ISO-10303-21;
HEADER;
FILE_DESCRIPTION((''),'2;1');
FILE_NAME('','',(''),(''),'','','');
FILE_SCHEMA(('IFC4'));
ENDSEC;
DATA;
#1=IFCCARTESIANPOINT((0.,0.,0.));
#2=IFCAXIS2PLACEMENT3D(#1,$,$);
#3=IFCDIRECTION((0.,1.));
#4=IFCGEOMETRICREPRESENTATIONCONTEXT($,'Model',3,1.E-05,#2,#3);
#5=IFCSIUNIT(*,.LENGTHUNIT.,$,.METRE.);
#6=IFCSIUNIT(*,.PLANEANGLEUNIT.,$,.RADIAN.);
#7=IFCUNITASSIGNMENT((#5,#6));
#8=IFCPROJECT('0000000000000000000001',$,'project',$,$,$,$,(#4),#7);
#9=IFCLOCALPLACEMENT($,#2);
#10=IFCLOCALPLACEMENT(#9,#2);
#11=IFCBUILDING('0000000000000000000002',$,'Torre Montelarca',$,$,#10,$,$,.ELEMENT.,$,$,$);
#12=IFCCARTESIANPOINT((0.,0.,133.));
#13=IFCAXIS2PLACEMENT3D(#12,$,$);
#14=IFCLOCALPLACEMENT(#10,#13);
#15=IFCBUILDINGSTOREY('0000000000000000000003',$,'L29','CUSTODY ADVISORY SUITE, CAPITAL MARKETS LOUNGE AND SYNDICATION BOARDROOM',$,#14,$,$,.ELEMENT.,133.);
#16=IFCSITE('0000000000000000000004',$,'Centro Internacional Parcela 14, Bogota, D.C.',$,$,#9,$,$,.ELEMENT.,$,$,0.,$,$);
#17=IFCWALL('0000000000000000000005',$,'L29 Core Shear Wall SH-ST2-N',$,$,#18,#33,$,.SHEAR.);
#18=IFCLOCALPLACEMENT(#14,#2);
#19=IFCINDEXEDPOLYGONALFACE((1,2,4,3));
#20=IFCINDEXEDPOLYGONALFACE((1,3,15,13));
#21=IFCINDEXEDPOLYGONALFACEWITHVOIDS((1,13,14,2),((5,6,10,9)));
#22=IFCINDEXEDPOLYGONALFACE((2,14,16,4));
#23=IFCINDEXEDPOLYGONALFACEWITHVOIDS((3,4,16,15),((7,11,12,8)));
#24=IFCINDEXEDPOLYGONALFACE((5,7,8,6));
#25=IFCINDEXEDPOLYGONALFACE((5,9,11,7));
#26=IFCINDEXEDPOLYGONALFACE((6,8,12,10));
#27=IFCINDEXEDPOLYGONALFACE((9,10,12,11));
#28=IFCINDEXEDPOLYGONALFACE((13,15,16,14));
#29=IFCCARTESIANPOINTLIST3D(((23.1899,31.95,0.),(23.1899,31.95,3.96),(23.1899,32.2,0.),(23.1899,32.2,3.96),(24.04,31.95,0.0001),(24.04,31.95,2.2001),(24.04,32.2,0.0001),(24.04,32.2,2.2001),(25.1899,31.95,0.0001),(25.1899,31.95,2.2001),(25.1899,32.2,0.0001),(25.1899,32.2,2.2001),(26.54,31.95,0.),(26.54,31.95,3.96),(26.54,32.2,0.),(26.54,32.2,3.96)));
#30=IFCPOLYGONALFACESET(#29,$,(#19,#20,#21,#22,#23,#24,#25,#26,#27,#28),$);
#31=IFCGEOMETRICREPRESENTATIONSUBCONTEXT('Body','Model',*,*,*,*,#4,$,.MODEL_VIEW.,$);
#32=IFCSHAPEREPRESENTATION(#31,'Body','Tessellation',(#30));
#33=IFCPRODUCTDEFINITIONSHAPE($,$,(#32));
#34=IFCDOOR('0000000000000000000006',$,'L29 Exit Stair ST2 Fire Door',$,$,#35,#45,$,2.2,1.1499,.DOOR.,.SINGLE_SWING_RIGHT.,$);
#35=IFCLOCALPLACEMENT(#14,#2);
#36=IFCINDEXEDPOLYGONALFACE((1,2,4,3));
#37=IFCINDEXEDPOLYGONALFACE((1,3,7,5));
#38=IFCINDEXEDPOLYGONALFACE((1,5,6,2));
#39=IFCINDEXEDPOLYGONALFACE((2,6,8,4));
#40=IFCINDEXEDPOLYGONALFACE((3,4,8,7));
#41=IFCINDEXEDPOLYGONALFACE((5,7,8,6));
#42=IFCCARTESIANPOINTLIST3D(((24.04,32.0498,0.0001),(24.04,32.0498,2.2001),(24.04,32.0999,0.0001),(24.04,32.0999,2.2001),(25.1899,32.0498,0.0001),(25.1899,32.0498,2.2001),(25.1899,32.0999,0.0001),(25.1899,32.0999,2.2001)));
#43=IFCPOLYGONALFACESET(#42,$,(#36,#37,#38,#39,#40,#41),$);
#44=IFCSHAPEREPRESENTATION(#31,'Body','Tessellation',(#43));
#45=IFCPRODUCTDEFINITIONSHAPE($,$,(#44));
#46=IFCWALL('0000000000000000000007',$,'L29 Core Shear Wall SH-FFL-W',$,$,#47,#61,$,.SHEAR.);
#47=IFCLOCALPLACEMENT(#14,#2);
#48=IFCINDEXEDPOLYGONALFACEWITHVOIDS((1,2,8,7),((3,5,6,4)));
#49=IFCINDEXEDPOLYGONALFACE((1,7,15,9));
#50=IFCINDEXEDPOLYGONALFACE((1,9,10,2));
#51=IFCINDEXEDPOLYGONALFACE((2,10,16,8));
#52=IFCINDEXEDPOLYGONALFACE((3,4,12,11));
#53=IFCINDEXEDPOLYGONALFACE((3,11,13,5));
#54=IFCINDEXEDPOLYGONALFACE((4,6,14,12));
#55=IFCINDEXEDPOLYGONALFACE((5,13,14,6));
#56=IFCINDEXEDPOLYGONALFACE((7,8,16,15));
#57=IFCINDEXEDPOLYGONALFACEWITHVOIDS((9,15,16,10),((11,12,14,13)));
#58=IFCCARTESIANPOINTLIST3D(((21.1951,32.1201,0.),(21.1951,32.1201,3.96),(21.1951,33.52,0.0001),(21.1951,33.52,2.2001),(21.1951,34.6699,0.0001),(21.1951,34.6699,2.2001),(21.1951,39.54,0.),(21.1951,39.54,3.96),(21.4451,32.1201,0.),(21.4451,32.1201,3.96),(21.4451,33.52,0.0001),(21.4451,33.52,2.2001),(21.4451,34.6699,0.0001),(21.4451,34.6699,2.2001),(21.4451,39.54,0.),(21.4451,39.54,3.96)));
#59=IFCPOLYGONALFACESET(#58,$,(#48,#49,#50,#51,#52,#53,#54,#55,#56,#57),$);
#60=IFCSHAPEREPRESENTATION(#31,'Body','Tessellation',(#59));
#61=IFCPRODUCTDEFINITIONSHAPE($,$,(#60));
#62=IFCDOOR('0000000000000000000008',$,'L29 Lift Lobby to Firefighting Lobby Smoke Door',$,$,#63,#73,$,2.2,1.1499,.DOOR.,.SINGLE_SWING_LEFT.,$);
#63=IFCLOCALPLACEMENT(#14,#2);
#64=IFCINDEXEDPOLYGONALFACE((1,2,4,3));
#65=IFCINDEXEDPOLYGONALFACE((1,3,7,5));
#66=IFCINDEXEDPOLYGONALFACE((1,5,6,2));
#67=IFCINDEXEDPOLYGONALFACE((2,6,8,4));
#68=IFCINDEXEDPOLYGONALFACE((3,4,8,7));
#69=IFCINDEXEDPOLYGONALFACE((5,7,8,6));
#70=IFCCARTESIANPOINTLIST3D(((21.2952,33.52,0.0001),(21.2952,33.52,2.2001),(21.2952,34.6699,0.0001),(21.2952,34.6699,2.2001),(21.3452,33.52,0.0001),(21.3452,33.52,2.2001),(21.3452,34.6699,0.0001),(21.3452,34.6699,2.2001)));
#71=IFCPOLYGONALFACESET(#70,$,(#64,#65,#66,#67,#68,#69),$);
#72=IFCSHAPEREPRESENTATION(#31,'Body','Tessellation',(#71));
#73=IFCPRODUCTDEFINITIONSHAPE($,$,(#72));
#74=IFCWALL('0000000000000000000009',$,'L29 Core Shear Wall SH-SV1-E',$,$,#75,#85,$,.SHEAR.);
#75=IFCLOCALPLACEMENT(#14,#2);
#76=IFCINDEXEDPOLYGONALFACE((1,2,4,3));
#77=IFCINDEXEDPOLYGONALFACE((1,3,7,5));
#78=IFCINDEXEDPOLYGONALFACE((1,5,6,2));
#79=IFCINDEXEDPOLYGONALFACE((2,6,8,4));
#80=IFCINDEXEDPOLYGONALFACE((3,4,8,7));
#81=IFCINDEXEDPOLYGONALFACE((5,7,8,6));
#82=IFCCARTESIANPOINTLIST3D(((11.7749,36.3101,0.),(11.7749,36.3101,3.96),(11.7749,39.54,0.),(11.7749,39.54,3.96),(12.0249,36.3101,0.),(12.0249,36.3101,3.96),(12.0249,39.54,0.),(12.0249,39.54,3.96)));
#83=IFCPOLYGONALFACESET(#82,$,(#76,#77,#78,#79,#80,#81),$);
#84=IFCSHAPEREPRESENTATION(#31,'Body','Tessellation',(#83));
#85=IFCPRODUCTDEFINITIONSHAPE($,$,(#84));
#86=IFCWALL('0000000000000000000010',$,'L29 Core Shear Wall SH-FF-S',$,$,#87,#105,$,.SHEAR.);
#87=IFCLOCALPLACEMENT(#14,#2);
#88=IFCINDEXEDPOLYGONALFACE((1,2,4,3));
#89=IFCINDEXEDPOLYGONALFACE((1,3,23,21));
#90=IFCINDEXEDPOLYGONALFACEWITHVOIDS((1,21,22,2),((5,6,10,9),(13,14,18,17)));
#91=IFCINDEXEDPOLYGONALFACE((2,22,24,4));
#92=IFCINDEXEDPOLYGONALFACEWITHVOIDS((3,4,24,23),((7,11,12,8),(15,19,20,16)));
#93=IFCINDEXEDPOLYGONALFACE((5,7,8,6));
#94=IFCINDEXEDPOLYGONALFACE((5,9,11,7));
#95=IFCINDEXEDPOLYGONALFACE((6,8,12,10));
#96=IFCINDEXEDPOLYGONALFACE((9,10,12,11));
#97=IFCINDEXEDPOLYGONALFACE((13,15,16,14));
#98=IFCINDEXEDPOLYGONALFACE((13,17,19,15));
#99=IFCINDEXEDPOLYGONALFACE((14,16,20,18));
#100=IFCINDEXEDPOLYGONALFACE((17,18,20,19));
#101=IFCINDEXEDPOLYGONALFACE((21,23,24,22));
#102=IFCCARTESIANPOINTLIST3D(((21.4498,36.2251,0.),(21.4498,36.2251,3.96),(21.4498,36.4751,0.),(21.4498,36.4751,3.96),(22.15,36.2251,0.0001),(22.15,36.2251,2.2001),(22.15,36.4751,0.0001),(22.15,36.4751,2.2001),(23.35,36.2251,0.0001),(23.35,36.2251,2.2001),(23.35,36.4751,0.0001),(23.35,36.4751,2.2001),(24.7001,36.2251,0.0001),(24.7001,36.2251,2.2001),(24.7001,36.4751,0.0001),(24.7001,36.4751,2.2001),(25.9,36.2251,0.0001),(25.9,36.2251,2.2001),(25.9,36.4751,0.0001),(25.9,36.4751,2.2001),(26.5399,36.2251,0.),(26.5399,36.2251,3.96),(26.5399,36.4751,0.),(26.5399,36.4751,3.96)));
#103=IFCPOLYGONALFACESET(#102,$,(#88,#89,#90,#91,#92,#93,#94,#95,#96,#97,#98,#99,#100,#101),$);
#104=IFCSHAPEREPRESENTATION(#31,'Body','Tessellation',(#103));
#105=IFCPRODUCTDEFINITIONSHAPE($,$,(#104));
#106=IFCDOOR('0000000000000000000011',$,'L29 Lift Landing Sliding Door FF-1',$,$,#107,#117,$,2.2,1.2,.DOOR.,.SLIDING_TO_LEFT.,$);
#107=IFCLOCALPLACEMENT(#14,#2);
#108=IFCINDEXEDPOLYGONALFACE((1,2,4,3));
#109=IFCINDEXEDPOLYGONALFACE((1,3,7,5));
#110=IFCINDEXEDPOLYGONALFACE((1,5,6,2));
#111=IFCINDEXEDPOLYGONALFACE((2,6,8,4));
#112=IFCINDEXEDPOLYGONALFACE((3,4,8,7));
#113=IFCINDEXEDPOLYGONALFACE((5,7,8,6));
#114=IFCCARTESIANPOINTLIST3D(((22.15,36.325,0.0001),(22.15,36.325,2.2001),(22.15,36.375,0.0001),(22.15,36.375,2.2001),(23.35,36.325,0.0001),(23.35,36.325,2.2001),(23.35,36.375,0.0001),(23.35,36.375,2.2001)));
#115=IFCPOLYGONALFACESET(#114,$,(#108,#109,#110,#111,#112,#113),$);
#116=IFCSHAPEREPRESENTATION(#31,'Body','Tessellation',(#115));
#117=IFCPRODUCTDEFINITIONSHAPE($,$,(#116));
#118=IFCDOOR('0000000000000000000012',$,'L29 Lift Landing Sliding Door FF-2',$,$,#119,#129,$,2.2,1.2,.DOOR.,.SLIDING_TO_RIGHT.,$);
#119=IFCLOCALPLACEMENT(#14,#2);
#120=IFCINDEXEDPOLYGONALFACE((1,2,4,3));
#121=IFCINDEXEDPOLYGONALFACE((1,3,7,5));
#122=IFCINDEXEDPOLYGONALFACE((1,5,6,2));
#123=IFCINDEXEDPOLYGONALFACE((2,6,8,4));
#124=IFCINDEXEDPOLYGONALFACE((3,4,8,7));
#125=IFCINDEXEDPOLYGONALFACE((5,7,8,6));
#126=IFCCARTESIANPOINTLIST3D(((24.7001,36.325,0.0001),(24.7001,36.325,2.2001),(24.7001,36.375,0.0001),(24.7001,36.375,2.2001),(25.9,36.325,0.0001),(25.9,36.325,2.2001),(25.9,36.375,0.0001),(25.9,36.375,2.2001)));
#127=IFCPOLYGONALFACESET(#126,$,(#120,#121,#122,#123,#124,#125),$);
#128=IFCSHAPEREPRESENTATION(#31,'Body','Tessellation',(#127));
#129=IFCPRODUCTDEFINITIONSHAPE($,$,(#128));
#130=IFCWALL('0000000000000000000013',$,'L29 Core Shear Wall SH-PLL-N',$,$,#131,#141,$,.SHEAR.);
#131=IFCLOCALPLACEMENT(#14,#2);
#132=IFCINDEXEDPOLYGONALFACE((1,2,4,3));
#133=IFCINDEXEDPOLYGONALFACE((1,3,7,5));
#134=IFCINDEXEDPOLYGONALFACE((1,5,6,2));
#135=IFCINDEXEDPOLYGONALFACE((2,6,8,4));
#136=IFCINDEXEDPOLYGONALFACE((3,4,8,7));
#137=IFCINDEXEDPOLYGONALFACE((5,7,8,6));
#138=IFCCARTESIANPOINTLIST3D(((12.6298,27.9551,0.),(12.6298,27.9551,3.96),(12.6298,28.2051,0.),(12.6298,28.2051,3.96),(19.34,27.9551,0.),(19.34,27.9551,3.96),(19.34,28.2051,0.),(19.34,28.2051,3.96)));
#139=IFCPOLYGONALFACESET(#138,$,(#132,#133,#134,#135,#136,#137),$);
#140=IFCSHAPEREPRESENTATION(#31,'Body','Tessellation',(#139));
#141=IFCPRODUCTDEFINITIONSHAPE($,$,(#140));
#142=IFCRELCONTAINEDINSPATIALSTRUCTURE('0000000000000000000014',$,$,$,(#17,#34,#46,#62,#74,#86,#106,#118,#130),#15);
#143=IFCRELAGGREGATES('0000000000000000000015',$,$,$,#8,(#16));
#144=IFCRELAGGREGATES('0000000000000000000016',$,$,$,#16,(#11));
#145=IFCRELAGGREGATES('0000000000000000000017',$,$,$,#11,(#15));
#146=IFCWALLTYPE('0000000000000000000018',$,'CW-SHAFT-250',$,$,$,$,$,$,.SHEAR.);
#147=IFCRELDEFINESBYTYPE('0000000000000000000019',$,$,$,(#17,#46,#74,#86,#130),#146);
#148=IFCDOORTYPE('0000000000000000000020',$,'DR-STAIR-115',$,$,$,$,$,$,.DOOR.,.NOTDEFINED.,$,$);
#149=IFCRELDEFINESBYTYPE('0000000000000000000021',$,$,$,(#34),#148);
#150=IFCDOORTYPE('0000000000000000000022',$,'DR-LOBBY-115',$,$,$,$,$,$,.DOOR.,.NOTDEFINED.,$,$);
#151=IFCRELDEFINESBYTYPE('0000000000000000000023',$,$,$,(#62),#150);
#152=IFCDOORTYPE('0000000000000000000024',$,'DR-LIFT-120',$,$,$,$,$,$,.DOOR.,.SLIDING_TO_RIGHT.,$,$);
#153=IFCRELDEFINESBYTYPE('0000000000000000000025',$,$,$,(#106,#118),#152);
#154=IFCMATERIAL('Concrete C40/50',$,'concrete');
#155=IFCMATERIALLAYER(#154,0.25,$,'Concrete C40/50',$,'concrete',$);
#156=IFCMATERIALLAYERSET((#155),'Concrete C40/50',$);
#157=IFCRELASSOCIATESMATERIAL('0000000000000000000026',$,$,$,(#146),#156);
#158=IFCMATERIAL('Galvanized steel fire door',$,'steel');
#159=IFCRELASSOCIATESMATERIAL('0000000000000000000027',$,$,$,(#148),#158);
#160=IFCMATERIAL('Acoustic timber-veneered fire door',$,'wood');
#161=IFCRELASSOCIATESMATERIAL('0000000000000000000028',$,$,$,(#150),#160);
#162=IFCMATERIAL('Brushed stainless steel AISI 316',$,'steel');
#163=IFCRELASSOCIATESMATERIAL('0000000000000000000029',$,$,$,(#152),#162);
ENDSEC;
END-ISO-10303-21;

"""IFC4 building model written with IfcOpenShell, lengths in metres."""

from ifc_helpers import new_model, si_unit, direction, frame, frame_2d, origin, place, context, subcontext, project, spatial, rectangle, extrude, source, transform, mapped, material, layer, layer_set, type_object, element, fill, save


model = new_model("IFC4")

# Units and contexts
model_context = context("Model", 3, precision=1e-05, world=origin(), true_north=direction((0.0, 1.0)))
body_context = subcontext(model_context, "Body", "Model", "MODEL_VIEW")
ifc_project = project(units=[si_unit("LENGTHUNIT", "METRE"), si_unit("PLANEANGLEUNIT", "RADIAN")], contexts=[model_context])

# Site, building, storey
site_placement = place(None, origin())
site = spatial("IfcSite", under=ifc_project, at=site_placement, Name="Centro Internacional Parcela 14, Bogota, D.C.", CompositionType="ELEMENT", RefElevation=0.0)
building_placement = place(site_placement, origin())
building = spatial("IfcBuilding", under=site, at=building_placement, Name="Torre Montelarca", CompositionType="ELEMENT")
storey_placement = place(building_placement, frame((0.0, 0.0, 133.0)))
storey = spatial("IfcBuildingStorey", under=building, at=storey_placement, Name="L29", Description="CUSTODY ADVISORY SUITE, CAPITAL MARKETS LOUNGE AND SYNDICATION BOARDROOM", CompositionType="ELEMENT", Elevation=133.0)

# Walls, openings, doors
ifc_material_1 = material(Name="Concrete C40/50", Category="concrete")
ifc_layer_1 = layer(ifc_material_1, 0.25, Name="Concrete C40/50", Category="concrete")
ifc_layer_set_1 = layer_set([ifc_layer_1], Name="Concrete C40/50")
wall_type_1 = type_object("IfcWallType", Name="CW-SHAFT-250", PredefinedType="SHEAR", material=ifc_layer_set_1)
wall_1_placement = place(storey_placement, frame((23.1899, 32.075, 0.0), z_axis=(0.0, 0.0, 1.0), x_axis=(1.0, 0.0, 0.0)))
wall_1 = element("IfcWall", 1, at=wall_1_placement, inside=storey, type_object=wall_type_1, Name="L29 Core Shear Wall SH-ST2-N", PredefinedType="SHEAR", context=body_context, shape_type="SweptSolid", body=[
    extrude(rectangle(XDim=3.3501, YDim=0.25, at=frame_2d((1.675, 0.0))), origin(), (0.0, 0.0, 1.0), 3.96),
])
opening_1_placement = place(wall_1_placement, frame((0.8501, 0.0, 0.0)))
opening_1 = element("IfcOpeningElement", 2, at=opening_1_placement, cuts=wall_1, PredefinedType="OPENING", context=body_context, shape_type="SweptSolid", body=[
    extrude(rectangle(XDim=1.1499, YDim=2.2, at=frame_2d((0.575, 1.1001))), frame((0.0, 0.135, 0.0), z_axis=(0.0, -1.0, 0.0), x_axis=(1.0, 0.0, 0.0)), (0.0, 0.0, 1.0), 0.27),
])
ifc_material_2 = material(Name="Galvanized steel fire door", Category="steel")
door_type_1 = type_object("IfcDoorType", Name="DR-STAIR-115", OperationType="NOTDEFINED", PredefinedType="DOOR", material=ifc_material_2)
shared_shape_1 = source(origin(), body_context, "Body", "SweptSolid", [
    extrude(rectangle(XDim=1.1499, YDim=2.2, at=frame_2d((0.575, 1.1001))), frame((0.0, 0.0249, 0.0), z_axis=(0.0, -1.0, 0.0), x_axis=(1.0, 0.0, 0.0)), (0.0, 0.0, 1.0), 0.05),
])
door_1_placement = place(opening_1_placement, origin())
door_1 = element("IfcDoor", 3, at=door_1_placement, inside=storey, type_object=door_type_1, Name="L29 Exit Stair ST2 Fire Door", OperationType="SINGLE_SWING_RIGHT", OverallHeight=2.2, OverallWidth=1.1499, PredefinedType="DOOR", context=body_context, shape_type="MappedRepresentation", body=[
    mapped(shared_shape_1, transform((0.0, 0.0, 0.0), scale=1.0)),
])
fill(opening_1, door_1)
wall_2_placement = place(storey_placement, frame((21.3201, 32.1201, 0.0), z_axis=(0.0, 0.0, 1.0), x_axis=(0.0, 1.0, 0.0)))
wall_2 = element("IfcWall", 4, at=wall_2_placement, inside=storey, type_object=wall_type_1, Name="L29 Core Shear Wall SH-FFL-W", PredefinedType="SHEAR", context=body_context, shape_type="SweptSolid", body=[
    extrude(rectangle(XDim=7.4199, YDim=0.25, at=frame_2d((3.71, 0.0))), origin(), (0.0, 0.0, 1.0), 3.96),
])
opening_2_placement = place(wall_2_placement, frame((1.3999, 0.0, 0.0)))
opening_2 = element("IfcOpeningElement", 5, at=opening_2_placement, cuts=wall_2, PredefinedType="OPENING", context=body_context, shape_type="SweptSolid", body=[
    extrude(rectangle(XDim=1.1499, YDim=2.2, at=frame_2d((0.575, 1.1001))), frame((0.0, 0.135, 0.0), z_axis=(0.0, -1.0, 0.0), x_axis=(1.0, 0.0, 0.0)), (0.0, 0.0, 1.0), 0.27),
])
ifc_material_3 = material(Name="Acoustic timber-veneered fire door", Category="wood")
door_type_2 = type_object("IfcDoorType", Name="DR-LOBBY-115", OperationType="NOTDEFINED", PredefinedType="DOOR", material=ifc_material_3)
shared_shape_2 = source(origin(), body_context, "Body", "SweptSolid", [
    extrude(rectangle(XDim=1.1499, YDim=2.2, at=frame_2d((0.575, 1.1001))), frame((0.0, 0.0249, 0.0), z_axis=(0.0, -1.0, 0.0), x_axis=(1.0, 0.0, 0.0)), (0.0, 0.0, 1.0), 0.05),
])
door_2_placement = place(opening_2_placement, origin())
door_2 = element("IfcDoor", 6, at=door_2_placement, inside=storey, type_object=door_type_2, Name="L29 Lift Lobby to Firefighting Lobby Smoke Door", OperationType="SINGLE_SWING_LEFT", OverallHeight=2.2, OverallWidth=1.1499, PredefinedType="DOOR", context=body_context, shape_type="MappedRepresentation", body=[
    mapped(shared_shape_2, transform((0.0, 0.0, 0.0), scale=1.0)),
])
fill(opening_2, door_2)

# Wall
wall_3_placement = place(storey_placement, frame((11.8999, 36.3101, 0.0), z_axis=(0.0, 0.0, 1.0), x_axis=(0.0, 1.0, 0.0)))
element("IfcWall", 7, at=wall_3_placement, inside=storey, type_object=wall_type_1, Name="L29 Core Shear Wall SH-SV1-E", PredefinedType="SHEAR", context=body_context, shape_type="SweptSolid", body=[
    extrude(rectangle(XDim=3.23, YDim=0.25, at=frame_2d((1.615, 0.0))), origin(), (0.0, 0.0, 1.0), 3.96),
])

# Wall, openings, doors
wall_4_placement = place(storey_placement, frame((21.45, 36.3501, 0.0), z_axis=(0.0, 0.0, 1.0), x_axis=(1.0, 0.0, 0.0)))
wall_4 = element("IfcWall", 8, at=wall_4_placement, inside=storey, type_object=wall_type_1, Name="L29 Core Shear Wall SH-FF-S", PredefinedType="SHEAR", context=body_context, shape_type="SweptSolid", body=[
    extrude(rectangle(XDim=5.0901, YDim=0.25, at=frame_2d((2.5449, 0.0))), origin(), (0.0, 0.0, 1.0), 3.96),
])
opening_3_placement = place(wall_4_placement, frame((0.7, 0.0, 0.0)))
opening_3 = element("IfcOpeningElement", 9, at=opening_3_placement, cuts=wall_4, PredefinedType="OPENING", context=body_context, shape_type="SweptSolid", body=[
    extrude(rectangle(XDim=1.2, YDim=2.2, at=frame_2d((0.6001, 1.1001))), frame((0.0, 0.135, 0.0), z_axis=(0.0, -1.0, 0.0), x_axis=(1.0, 0.0, 0.0)), (0.0, 0.0, 1.0), 0.27),
])
opening_4_placement = place(wall_4_placement, frame((3.25, 0.0, 0.0)))
opening_4 = element("IfcOpeningElement", 10, at=opening_4_placement, cuts=wall_4, PredefinedType="OPENING", context=body_context, shape_type="SweptSolid", body=[
    extrude(rectangle(XDim=1.2, YDim=2.2, at=frame_2d((0.6001, 1.1001))), frame((0.0, 0.135, 0.0), z_axis=(0.0, -1.0, 0.0), x_axis=(1.0, 0.0, 0.0)), (0.0, 0.0, 1.0), 0.27),
])
ifc_material_4 = material(Name="Brushed stainless steel AISI 316", Category="steel")
door_type_3 = type_object("IfcDoorType", Name="DR-LIFT-120", OperationType="SLIDING_TO_RIGHT", PredefinedType="DOOR", material=ifc_material_4)
shared_shape_3 = source(origin(), body_context, "Body", "SweptSolid", [
    extrude(rectangle(XDim=1.2, YDim=2.2, at=frame_2d((0.6001, 1.1001))), frame((0.0, 0.0249, 0.0), z_axis=(0.0, -1.0, 0.0), x_axis=(1.0, 0.0, 0.0)), (0.0, 0.0, 1.0), 0.05),
])
door_3_placement = place(opening_3_placement, origin())
door_3 = element("IfcDoor", 11, at=door_3_placement, inside=storey, type_object=door_type_3, Name="L29 Lift Landing Sliding Door FF-1", OperationType="SLIDING_TO_LEFT", OverallHeight=2.2, OverallWidth=1.2, PredefinedType="DOOR", context=body_context, shape_type="MappedRepresentation", body=[
    mapped(shared_shape_3, transform((0.0, 0.0, 0.0), scale=1.0)),
])
fill(opening_3, door_3)
door_4_placement = place(opening_4_placement, origin())
door_4 = element("IfcDoor", 12, at=door_4_placement, inside=storey, type_object=door_type_3, Name="L29 Lift Landing Sliding Door FF-2", OperationType="SLIDING_TO_RIGHT", OverallHeight=2.2, OverallWidth=1.2, PredefinedType="DOOR", context=body_context, shape_type="MappedRepresentation", body=[
    mapped(shared_shape_3, transform((0.0, 0.0, 0.0), scale=1.0)),
])
fill(opening_4, door_4)

# Wall
wall_5_placement = place(storey_placement, frame((12.6299, 28.0801, 0.0), z_axis=(0.0, 0.0, 1.0), x_axis=(1.0, 0.0, 0.0)))
element("IfcWall", 13, at=wall_5_placement, inside=storey, type_object=wall_type_1, Name="L29 Core Shear Wall SH-PLL-N", PredefinedType="SHEAR", context=body_context, shape_type="SweptSolid", body=[
    extrude(rectangle(XDim=6.7102, YDim=0.25, at=frame_2d((3.355, 0.0))), origin(), (0.0, 0.0, 1.0), 3.96),
])

save(model, "model.ifc")
